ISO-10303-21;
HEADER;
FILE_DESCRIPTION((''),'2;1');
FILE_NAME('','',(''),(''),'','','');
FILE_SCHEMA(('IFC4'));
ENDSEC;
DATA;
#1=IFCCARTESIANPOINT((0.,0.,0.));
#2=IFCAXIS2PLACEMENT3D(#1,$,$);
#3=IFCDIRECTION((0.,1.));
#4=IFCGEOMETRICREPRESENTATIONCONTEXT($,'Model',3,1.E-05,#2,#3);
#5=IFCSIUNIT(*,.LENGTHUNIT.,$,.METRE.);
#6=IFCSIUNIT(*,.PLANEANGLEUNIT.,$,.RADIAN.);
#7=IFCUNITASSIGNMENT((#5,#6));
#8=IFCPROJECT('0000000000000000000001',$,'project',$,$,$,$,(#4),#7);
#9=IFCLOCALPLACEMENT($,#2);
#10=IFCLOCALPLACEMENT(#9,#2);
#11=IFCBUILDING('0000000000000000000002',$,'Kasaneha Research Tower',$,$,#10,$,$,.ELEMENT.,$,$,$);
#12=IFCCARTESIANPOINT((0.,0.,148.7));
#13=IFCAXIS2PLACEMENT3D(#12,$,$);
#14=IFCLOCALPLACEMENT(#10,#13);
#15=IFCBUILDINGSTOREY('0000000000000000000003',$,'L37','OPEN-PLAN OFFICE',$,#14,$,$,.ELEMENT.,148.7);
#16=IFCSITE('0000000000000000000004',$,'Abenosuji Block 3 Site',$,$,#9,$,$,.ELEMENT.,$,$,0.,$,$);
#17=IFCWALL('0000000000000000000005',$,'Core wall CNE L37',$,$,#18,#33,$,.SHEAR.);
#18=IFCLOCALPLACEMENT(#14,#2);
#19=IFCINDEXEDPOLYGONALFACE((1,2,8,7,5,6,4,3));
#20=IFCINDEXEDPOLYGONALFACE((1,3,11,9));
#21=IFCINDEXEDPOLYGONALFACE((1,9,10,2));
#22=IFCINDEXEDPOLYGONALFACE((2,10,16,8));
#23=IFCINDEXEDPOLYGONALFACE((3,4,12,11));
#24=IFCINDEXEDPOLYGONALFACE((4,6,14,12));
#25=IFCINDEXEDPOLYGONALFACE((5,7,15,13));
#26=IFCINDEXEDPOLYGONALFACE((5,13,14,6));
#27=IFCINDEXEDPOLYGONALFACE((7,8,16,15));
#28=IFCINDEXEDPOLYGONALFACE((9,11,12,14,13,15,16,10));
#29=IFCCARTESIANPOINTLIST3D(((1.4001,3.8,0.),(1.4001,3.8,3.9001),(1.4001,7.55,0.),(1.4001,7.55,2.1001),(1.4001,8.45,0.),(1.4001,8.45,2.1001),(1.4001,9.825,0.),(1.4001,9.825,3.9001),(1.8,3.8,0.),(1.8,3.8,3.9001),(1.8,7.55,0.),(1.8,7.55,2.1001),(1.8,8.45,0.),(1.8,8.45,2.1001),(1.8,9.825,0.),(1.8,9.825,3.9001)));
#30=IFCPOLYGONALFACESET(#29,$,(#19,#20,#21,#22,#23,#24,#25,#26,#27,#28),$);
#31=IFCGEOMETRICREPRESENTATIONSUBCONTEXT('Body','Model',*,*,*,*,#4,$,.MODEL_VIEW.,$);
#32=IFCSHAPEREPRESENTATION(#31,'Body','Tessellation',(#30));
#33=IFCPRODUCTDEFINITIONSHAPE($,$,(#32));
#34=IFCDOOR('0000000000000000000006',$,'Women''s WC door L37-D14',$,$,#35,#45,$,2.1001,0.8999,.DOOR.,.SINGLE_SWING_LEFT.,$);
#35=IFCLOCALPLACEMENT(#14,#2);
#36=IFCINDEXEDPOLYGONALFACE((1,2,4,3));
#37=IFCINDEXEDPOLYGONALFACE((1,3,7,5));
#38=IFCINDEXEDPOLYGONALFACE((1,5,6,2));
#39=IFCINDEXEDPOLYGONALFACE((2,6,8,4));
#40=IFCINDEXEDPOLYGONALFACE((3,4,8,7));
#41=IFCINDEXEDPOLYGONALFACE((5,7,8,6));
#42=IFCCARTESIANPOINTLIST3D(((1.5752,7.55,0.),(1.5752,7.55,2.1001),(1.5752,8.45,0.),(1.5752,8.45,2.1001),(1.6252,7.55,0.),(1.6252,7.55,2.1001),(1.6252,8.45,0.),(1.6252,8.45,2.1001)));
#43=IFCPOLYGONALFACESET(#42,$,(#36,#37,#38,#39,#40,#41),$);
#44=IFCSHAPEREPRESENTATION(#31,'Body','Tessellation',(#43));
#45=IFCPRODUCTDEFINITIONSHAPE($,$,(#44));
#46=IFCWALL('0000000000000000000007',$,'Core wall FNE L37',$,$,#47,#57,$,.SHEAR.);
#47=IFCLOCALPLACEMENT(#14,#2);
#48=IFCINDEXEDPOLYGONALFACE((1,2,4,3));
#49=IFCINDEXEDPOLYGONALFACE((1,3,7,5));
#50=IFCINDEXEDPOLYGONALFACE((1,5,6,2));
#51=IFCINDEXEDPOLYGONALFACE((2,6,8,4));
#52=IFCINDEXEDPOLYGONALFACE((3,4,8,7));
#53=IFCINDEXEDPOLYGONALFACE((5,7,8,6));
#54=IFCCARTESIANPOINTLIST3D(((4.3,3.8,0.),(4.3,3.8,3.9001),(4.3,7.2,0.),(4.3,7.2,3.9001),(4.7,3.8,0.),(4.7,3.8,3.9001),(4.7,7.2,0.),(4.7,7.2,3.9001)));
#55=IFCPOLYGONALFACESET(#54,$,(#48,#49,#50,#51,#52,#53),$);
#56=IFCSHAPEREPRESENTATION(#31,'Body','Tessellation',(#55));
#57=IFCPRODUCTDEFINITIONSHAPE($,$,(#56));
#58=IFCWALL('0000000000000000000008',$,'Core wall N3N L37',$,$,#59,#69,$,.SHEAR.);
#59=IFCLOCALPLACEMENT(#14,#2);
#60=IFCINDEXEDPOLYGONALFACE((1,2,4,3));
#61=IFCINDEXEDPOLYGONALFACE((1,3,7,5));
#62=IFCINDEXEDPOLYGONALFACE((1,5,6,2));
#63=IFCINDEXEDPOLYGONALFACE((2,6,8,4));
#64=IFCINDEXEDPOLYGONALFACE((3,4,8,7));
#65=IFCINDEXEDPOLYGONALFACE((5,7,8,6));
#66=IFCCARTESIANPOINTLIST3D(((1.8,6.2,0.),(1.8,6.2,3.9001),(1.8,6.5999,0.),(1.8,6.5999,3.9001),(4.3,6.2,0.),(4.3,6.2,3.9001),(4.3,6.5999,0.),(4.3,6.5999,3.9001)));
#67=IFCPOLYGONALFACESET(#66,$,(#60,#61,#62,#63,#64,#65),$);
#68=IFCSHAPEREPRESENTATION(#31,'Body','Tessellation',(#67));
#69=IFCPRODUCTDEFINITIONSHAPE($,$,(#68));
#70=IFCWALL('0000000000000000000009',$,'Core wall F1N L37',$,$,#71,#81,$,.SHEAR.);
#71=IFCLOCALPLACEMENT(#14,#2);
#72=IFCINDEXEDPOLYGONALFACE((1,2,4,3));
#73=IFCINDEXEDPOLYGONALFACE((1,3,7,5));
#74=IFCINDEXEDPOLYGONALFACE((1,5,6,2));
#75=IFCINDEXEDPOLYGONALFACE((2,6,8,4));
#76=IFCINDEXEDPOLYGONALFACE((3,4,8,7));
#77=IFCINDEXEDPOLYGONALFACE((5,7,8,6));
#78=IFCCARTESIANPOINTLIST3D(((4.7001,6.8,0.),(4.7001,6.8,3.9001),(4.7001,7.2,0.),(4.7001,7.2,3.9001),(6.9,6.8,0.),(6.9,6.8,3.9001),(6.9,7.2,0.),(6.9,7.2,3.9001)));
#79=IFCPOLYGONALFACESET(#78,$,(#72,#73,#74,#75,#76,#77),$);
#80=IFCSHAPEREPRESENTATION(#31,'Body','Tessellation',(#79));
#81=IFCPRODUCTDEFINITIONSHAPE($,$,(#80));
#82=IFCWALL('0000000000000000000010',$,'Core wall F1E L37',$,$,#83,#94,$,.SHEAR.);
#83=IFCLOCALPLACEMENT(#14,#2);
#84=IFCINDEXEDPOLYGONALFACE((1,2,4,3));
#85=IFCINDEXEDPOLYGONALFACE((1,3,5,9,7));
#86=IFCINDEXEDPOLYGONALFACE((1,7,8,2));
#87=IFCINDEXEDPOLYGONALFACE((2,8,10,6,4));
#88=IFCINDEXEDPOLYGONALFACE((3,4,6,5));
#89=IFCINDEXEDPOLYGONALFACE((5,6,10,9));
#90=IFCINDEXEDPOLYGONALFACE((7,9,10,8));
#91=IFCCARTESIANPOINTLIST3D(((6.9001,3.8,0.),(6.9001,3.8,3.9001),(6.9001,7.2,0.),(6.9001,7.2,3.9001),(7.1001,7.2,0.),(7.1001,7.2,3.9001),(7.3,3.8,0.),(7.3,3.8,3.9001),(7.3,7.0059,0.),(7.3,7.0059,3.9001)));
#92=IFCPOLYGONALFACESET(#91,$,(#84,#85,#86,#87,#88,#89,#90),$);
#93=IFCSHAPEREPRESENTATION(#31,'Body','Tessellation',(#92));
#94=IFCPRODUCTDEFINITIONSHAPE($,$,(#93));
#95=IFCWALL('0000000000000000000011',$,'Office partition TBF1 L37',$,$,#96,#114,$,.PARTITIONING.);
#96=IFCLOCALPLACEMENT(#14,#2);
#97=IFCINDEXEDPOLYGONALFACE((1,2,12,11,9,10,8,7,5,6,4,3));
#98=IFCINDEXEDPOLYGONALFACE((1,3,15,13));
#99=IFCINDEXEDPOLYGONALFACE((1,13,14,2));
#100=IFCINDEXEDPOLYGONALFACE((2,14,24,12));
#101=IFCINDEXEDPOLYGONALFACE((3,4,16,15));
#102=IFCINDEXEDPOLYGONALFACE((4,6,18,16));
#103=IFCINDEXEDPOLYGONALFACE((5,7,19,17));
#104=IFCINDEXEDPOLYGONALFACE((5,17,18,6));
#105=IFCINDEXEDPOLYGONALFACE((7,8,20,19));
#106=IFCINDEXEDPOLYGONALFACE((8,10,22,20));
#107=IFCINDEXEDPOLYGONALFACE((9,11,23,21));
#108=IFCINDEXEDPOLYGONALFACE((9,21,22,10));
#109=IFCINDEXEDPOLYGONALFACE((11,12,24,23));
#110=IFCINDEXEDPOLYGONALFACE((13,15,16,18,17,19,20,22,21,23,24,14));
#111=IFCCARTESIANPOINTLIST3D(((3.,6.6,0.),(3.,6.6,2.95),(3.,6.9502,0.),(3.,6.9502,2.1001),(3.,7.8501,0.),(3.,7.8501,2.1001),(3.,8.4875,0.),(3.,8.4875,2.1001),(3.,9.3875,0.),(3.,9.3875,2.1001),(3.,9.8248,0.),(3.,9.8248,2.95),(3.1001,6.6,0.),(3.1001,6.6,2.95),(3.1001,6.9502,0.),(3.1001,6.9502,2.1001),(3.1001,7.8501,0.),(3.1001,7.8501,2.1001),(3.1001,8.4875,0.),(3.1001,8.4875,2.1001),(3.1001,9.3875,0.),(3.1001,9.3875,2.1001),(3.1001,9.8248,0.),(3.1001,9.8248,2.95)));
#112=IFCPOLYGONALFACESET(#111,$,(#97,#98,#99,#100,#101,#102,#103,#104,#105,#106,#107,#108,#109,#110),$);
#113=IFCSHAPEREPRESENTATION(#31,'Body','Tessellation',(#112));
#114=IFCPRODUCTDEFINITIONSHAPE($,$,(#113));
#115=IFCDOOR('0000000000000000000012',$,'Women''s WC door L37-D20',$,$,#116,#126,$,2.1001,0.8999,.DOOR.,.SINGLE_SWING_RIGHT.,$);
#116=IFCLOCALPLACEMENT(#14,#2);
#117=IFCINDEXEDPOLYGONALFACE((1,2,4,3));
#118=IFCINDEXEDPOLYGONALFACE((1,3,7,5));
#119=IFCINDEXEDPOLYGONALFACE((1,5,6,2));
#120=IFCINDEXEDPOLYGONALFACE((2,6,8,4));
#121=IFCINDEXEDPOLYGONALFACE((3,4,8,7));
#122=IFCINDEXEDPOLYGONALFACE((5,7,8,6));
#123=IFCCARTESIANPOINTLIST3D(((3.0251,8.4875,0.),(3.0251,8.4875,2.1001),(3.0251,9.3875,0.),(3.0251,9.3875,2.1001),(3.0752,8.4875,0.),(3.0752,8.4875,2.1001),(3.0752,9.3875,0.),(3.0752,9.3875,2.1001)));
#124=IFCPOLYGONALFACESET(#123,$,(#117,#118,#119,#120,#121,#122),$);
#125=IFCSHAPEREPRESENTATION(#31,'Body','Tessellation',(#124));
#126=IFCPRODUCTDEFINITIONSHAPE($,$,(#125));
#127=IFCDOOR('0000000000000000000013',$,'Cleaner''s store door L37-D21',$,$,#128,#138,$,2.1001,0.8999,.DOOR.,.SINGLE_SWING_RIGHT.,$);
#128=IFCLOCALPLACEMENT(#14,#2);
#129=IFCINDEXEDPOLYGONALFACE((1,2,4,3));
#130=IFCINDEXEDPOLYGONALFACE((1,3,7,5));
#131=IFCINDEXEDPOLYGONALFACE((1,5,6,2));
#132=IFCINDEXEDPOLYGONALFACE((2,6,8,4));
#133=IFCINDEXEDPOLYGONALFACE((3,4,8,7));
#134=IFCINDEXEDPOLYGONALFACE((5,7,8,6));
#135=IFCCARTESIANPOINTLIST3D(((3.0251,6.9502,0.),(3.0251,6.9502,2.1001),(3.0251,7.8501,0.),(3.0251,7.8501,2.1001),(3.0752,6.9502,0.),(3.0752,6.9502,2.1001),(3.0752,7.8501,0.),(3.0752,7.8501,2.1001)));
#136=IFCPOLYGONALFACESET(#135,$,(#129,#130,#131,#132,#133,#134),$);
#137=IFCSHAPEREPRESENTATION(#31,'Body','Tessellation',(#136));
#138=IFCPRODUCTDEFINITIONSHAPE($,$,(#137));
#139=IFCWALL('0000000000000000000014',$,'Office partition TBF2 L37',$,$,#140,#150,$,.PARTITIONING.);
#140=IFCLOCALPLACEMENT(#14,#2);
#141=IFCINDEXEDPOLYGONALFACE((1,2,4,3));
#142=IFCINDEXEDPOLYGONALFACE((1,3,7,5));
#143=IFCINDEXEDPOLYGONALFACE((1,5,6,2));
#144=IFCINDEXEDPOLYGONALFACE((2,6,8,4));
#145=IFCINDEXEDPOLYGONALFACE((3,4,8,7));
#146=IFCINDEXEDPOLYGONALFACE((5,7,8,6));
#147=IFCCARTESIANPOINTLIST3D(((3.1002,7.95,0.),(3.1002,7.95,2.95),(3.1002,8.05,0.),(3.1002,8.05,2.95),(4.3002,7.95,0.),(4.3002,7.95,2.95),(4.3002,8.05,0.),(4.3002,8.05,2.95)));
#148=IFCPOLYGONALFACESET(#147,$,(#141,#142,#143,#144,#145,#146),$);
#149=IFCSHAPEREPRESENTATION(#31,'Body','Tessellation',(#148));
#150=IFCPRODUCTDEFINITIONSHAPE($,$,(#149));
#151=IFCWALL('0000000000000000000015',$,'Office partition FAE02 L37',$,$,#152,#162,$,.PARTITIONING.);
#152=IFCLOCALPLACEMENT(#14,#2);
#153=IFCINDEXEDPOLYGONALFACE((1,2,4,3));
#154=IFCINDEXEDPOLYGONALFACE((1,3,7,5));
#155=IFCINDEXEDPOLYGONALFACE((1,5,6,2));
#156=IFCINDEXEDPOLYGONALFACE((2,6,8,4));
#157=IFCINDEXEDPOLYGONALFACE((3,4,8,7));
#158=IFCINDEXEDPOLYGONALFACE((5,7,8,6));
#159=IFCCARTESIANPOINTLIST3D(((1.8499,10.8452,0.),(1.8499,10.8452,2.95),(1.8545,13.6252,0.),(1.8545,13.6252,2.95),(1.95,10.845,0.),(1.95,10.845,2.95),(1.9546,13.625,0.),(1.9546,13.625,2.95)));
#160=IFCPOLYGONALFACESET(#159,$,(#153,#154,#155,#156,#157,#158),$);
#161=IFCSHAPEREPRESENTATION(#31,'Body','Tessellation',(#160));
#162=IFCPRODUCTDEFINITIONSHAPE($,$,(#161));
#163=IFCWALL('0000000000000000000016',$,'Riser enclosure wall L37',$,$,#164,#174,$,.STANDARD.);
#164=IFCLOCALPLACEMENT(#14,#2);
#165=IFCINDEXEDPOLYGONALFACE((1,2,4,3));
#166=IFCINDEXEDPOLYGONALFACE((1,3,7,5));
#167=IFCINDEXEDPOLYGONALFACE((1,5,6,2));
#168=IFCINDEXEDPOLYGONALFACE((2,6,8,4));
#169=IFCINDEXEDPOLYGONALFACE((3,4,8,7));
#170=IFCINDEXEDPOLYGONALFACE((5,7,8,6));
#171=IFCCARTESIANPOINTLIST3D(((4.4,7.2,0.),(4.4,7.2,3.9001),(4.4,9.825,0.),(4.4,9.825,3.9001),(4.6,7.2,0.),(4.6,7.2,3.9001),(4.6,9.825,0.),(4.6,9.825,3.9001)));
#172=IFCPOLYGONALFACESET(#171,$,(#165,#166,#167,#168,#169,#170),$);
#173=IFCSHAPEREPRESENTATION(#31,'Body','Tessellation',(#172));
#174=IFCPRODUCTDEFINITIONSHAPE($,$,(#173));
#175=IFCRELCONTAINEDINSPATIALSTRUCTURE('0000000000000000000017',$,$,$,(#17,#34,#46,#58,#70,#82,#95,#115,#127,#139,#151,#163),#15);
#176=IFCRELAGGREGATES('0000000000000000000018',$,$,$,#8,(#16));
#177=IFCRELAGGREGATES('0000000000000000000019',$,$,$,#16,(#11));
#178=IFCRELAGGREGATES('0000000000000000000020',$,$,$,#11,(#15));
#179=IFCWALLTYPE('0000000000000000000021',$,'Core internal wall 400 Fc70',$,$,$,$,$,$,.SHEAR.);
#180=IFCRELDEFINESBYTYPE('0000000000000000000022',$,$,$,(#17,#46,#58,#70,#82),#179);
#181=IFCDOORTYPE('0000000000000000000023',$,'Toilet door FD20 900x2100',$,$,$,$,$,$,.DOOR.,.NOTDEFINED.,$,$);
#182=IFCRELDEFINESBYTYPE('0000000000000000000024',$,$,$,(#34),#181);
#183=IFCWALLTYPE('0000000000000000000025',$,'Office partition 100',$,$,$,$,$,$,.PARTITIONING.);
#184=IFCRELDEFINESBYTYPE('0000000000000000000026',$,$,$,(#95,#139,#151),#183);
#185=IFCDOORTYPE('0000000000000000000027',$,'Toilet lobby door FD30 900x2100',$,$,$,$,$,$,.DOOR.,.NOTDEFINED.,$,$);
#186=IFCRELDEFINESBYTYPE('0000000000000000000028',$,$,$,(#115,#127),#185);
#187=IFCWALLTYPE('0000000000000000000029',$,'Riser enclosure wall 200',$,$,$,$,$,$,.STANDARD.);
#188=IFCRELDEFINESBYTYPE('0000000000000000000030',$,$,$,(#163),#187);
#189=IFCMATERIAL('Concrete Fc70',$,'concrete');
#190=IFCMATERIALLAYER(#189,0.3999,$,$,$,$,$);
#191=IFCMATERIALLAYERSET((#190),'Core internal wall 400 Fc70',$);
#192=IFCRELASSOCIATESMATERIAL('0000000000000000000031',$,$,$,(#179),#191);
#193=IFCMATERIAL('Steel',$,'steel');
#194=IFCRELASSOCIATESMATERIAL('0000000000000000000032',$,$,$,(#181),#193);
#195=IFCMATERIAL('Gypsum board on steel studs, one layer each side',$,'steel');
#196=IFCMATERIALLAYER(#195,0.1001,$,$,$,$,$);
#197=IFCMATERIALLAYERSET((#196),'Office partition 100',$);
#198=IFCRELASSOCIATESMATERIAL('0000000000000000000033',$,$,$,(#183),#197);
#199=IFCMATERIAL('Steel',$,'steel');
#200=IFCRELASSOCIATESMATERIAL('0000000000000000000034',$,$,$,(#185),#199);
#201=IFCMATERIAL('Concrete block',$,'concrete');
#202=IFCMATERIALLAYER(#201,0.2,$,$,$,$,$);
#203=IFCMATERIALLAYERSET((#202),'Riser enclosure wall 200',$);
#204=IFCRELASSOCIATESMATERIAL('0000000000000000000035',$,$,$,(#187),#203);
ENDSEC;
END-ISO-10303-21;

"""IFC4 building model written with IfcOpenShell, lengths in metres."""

from ifc_helpers import new_model, si_unit, direction, frame, frame_2d, origin, place, context, subcontext, project, spatial, polyline, rectangle, outline, extrude, material, layer, layer_set, type_object, element, fill, save


model = new_model("IFC4")

# Units and contexts
model_context = context("Model", 3, precision=1e-05, world=origin(), true_north=direction((0.0, 1.0)))
body_context = subcontext(model_context, "Body", "Model", "MODEL_VIEW")
ifc_project = project(units=[si_unit("LENGTHUNIT", "METRE"), si_unit("PLANEANGLEUNIT", "RADIAN")], contexts=[model_context])

# Site, building, storey
site_placement = place(None, origin())
site = spatial("IfcSite", under=ifc_project, at=site_placement, Name="Abenosuji Block 3 Site", CompositionType="ELEMENT", RefElevation=0.0)
building_placement = place(site_placement, origin())
building = spatial("IfcBuilding", under=site, at=building_placement, Name="Kasaneha Research Tower", CompositionType="ELEMENT")
storey_placement = place(building_placement, frame((0.0, 0.0, 148.7)))
storey = spatial("IfcBuildingStorey", under=building, at=storey_placement, Name="L37", Description="OPEN-PLAN OFFICE", CompositionType="ELEMENT", Elevation=148.7)

# Wall, opening, door
ifc_material_1 = material(Name="Concrete Fc70", Category="concrete")
ifc_layer_1 = layer(ifc_material_1, 0.3999)
ifc_layer_set_1 = layer_set([ifc_layer_1], Name="Core internal wall 400 Fc70")
wall_type_1 = type_object("IfcWallType", Name="Core internal wall 400 Fc70", PredefinedType="SHEAR", material=ifc_layer_set_1)
wall_1_placement = place(storey_placement, frame((1.6001, 3.8, 0.0), z_axis=(0.0, 0.0, 1.0), x_axis=(0.0, 1.0, 0.0)))
wall_1 = element("IfcWall", 1, at=wall_1_placement, inside=storey, type_object=wall_type_1, Name="Core wall CNE L37", PredefinedType="SHEAR", context=body_context, shape_type="SweptSolid", body=[
    extrude(rectangle(XDim=6.0249, YDim=0.3999, at=frame_2d((3.0125, 0.0))), origin(), (0.0, 0.0, 1.0), 3.9001),
])
opening_1_placement = place(wall_1_placement, frame((3.75, 0.0, 0.0)))
opening_1 = element("IfcOpeningElement", 2, at=opening_1_placement, cuts=wall_1, PredefinedType="OPENING", context=body_context, shape_type="SweptSolid", body=[
    extrude(rectangle(XDim=0.8999, YDim=2.1001, at=frame_2d((0.45, 1.05))), frame((0.0, 0.21, 0.0), z_axis=(0.0, -1.0, 0.0), x_axis=(1.0, 0.0, 0.0)), (0.0, 0.0, 1.0), 0.4199),
])
ifc_material_2 = material(Name="Steel", Category="steel")
door_type_1 = type_object("IfcDoorType", Name="Toilet door FD20 900x2100", OperationType="NOTDEFINED", PredefinedType="DOOR", material=ifc_material_2)
door_1_placement = place(opening_1_placement, origin())
door_1 = element("IfcDoor", 3, at=door_1_placement, inside=storey, type_object=door_type_1, Name="Women's WC door L37-D14", OperationType="SINGLE_SWING_LEFT", OverallHeight=2.1001, OverallWidth=0.8999, PredefinedType="DOOR", context=body_context, shape_type="SweptSolid", body=[
    extrude(rectangle(XDim=0.8999, YDim=2.1001, at=frame_2d((0.45, 1.05))), frame((0.0, 0.0249, 0.0), z_axis=(0.0, -1.0, 0.0), x_axis=(1.0, 0.0, 0.0)), (0.0, 0.0, 1.0), 0.05),
])
fill(opening_1, door_1)

# Walls
wall_2_placement = place(storey_placement, frame((4.5, 3.8, 0.0), z_axis=(0.0, 0.0, 1.0), x_axis=(0.0, 1.0, 0.0)))
element("IfcWall", 4, at=wall_2_placement, inside=storey, type_object=wall_type_1, Name="Core wall FNE L37", PredefinedType="SHEAR", context=body_context, shape_type="SweptSolid", body=[
    extrude(rectangle(XDim=3.3999, YDim=0.3999, at=frame_2d((1.7, 0.0))), origin(), (0.0, 0.0, 1.0), 3.9001),
])
wall_3_placement = place(storey_placement, frame((1.8, 6.3999, 0.0), z_axis=(0.0, 0.0, 1.0), x_axis=(1.0, 0.0, 0.0)))
element("IfcWall", 5, at=wall_3_placement, inside=storey, type_object=wall_type_1, Name="Core wall N3N L37", PredefinedType="SHEAR", context=body_context, shape_type="SweptSolid", body=[
    extrude(rectangle(XDim=2.5, YDim=0.3999, at=frame_2d((1.25, 0.0))), origin(), (0.0, 0.0, 1.0), 3.9001),
])
wall_4_placement = place(storey_placement, frame((4.7, 7.0, 0.0), z_axis=(0.0, 0.0, 1.0), x_axis=(1.0, 0.0, 0.0)))
element("IfcWall", 6, at=wall_4_placement, inside=storey, type_object=wall_type_1, Name="Core wall F1N L37", PredefinedType="SHEAR", context=body_context, shape_type="SweptSolid", body=[
    extrude(rectangle(XDim=2.2, YDim=0.3999, at=frame_2d((1.1001, 0.0))), origin(), (0.0, 0.0, 1.0), 3.9001),
])
wall_5_placement = place(storey_placement, frame((7.1001, 3.8, 0.0), z_axis=(0.0, 0.0, 1.0), x_axis=(0.0, 1.0, 0.0)))
element("IfcWall", 7, at=wall_5_placement, inside=storey, type_object=wall_type_1, Name="Core wall F1E L37", PredefinedType="SHEAR", context=body_context, shape_type="SweptSolid", body=[
    extrude(outline(polyline([(0.0, -0.2), (3.2058, -0.2), (3.3999, 0.0), (3.3999, 0.2), (0.0, 0.2), (0.0, -0.2)])), origin(), (0.0, 0.0, 1.0), 3.9001),
])

# Wall, openings, doors
ifc_material_3 = material(Name="Gypsum board on steel studs, one layer each side", Category="steel")
ifc_layer_2 = layer(ifc_material_3, 0.1001)
ifc_layer_set_2 = layer_set([ifc_layer_2], Name="Office partition 100")
wall_type_2 = type_object("IfcWallType", Name="Office partition 100", PredefinedType="PARTITIONING", material=ifc_layer_set_2)
wall_6_placement = place(storey_placement, frame((3.05, 6.6001, 0.0), z_axis=(0.0, 0.0, 1.0), x_axis=(0.0, 1.0, 0.0)))
wall_6 = element("IfcWall", 8, at=wall_6_placement, inside=storey, type_object=wall_type_2, Name="Office partition TBF1 L37", PredefinedType="PARTITIONING", context=body_context, shape_type="SweptSolid", body=[
    extrude(rectangle(XDim=3.2249, YDim=0.1001, at=frame_2d((1.6123, 0.0))), origin(), (0.0, 0.0, 1.0), 2.95),
])
opening_2_placement = place(wall_6_placement, frame((1.8875, 0.0, 0.0)))
opening_2 = element("IfcOpeningElement", 9, at=opening_2_placement, cuts=wall_6, PredefinedType="OPENING", context=body_context, shape_type="SweptSolid", body=[
    extrude(rectangle(XDim=0.8999, YDim=2.1001, at=frame_2d((0.45, 1.05))), frame((0.0, 0.0601, 0.0), z_axis=(0.0, -1.0, 0.0), x_axis=(1.0, 0.0, 0.0)), (0.0, 0.0, 1.0), 0.1201),
])
opening_3_placement = place(wall_6_placement, frame((0.3501, 0.0, 0.0)))
opening_3 = element("IfcOpeningElement", 10, at=opening_3_placement, cuts=wall_6, PredefinedType="OPENING", context=body_context, shape_type="SweptSolid", body=[
    extrude(rectangle(XDim=0.8999, YDim=2.1001, at=frame_2d((0.45, 1.05))), frame((0.0, 0.0601, 0.0), z_axis=(0.0, -1.0, 0.0), x_axis=(1.0, 0.0, 0.0)), (0.0, 0.0, 1.0), 0.1201),
])
ifc_material_4 = material(Name="Steel", Category="steel")
door_type_2 = type_object("IfcDoorType", Name="Toilet lobby door FD30 900x2100", OperationType="NOTDEFINED", PredefinedType="DOOR", material=ifc_material_4)
door_2_placement = place(opening_2_placement, origin())
door_2 = element("IfcDoor", 11, at=door_2_placement, inside=storey, type_object=door_type_2, Name="Women's WC door L37-D20", OperationType="SINGLE_SWING_RIGHT", OverallHeight=2.1001, OverallWidth=0.8999, PredefinedType="DOOR", context=body_context, shape_type="SweptSolid", body=[
    extrude(rectangle(XDim=0.8999, YDim=2.1001, at=frame_2d((0.45, 1.05))), frame((0.0, 0.0249, 0.0), z_axis=(0.0, -1.0, 0.0), x_axis=(1.0, 0.0, 0.0)), (0.0, 0.0, 1.0), 0.05),
])
fill(opening_2, door_2)
door_3_placement = place(opening_3_placement, origin())
door_3 = element("IfcDoor", 12, at=door_3_placement, inside=storey, type_object=door_type_2, Name="Cleaner's store door L37-D21", OperationType="SINGLE_SWING_RIGHT", OverallHeight=2.1001, OverallWidth=0.8999, PredefinedType="DOOR", context=body_context, shape_type="SweptSolid", body=[
    extrude(rectangle(XDim=0.8999, YDim=2.1001, at=frame_2d((0.45, 1.05))), frame((0.0, 0.0249, 0.0), z_axis=(0.0, -1.0, 0.0), x_axis=(1.0, 0.0, 0.0)), (0.0, 0.0, 1.0), 0.05),
])
fill(opening_3, door_3)

# Walls
wall_7_placement = place(storey_placement, frame((3.1001, 8.0, 0.0), z_axis=(0.0, 0.0, 1.0), x_axis=(1.0, 0.0, 0.0)))
element("IfcWall", 13, at=wall_7_placement, inside=storey, type_object=wall_type_2, Name="Office partition TBF2 L37", PredefinedType="PARTITIONING", context=body_context, shape_type="SweptSolid", body=[
    extrude(rectangle(XDim=1.2, YDim=0.1001, at=frame_2d((0.6001, 0.0))), origin(), (0.0, 0.0, 1.0), 2.95),
])
wall_8_placement = place(storey_placement, frame((1.8999, 10.845, 0.0), z_axis=(0.0, 0.0, 1.0), x_axis=(0.001669, 0.999999, 0.0)))
element("IfcWall", 14, at=wall_8_placement, inside=storey, type_object=wall_type_2, Name="Office partition FAE02 L37", PredefinedType="PARTITIONING", context=body_context, shape_type="SweptSolid", body=[
    extrude(rectangle(XDim=2.78, YDim=0.1001, at=frame_2d((1.3901, 0.0))), origin(), (0.0, 0.0, 1.0), 2.95),
])
ifc_material_5 = material(Name="Concrete block", Category="concrete")
ifc_layer_3 = layer(ifc_material_5, 0.2)
ifc_layer_set_3 = layer_set([ifc_layer_3], Name="Riser enclosure wall 200")
wall_type_3 = type_object("IfcWallType", Name="Riser enclosure wall 200", PredefinedType="STANDARD", material=ifc_layer_set_3)
wall_9_placement = place(storey_placement, frame((4.5, 7.2, 0.0), z_axis=(0.0, 0.0, 1.0), x_axis=(0.0, 1.0, 0.0)))
element("IfcWall", 15, at=wall_9_placement, inside=storey, type_object=wall_type_3, Name="Riser enclosure wall L37", PredefinedType="STANDARD", context=body_context, shape_type="SweptSolid", body=[
    extrude(rectangle(XDim=2.625, YDim=0.2, at=frame_2d((1.3125, 0.0))), origin(), (0.0, 0.0, 1.0), 3.9001),
])

save(model, "model.ifc")
